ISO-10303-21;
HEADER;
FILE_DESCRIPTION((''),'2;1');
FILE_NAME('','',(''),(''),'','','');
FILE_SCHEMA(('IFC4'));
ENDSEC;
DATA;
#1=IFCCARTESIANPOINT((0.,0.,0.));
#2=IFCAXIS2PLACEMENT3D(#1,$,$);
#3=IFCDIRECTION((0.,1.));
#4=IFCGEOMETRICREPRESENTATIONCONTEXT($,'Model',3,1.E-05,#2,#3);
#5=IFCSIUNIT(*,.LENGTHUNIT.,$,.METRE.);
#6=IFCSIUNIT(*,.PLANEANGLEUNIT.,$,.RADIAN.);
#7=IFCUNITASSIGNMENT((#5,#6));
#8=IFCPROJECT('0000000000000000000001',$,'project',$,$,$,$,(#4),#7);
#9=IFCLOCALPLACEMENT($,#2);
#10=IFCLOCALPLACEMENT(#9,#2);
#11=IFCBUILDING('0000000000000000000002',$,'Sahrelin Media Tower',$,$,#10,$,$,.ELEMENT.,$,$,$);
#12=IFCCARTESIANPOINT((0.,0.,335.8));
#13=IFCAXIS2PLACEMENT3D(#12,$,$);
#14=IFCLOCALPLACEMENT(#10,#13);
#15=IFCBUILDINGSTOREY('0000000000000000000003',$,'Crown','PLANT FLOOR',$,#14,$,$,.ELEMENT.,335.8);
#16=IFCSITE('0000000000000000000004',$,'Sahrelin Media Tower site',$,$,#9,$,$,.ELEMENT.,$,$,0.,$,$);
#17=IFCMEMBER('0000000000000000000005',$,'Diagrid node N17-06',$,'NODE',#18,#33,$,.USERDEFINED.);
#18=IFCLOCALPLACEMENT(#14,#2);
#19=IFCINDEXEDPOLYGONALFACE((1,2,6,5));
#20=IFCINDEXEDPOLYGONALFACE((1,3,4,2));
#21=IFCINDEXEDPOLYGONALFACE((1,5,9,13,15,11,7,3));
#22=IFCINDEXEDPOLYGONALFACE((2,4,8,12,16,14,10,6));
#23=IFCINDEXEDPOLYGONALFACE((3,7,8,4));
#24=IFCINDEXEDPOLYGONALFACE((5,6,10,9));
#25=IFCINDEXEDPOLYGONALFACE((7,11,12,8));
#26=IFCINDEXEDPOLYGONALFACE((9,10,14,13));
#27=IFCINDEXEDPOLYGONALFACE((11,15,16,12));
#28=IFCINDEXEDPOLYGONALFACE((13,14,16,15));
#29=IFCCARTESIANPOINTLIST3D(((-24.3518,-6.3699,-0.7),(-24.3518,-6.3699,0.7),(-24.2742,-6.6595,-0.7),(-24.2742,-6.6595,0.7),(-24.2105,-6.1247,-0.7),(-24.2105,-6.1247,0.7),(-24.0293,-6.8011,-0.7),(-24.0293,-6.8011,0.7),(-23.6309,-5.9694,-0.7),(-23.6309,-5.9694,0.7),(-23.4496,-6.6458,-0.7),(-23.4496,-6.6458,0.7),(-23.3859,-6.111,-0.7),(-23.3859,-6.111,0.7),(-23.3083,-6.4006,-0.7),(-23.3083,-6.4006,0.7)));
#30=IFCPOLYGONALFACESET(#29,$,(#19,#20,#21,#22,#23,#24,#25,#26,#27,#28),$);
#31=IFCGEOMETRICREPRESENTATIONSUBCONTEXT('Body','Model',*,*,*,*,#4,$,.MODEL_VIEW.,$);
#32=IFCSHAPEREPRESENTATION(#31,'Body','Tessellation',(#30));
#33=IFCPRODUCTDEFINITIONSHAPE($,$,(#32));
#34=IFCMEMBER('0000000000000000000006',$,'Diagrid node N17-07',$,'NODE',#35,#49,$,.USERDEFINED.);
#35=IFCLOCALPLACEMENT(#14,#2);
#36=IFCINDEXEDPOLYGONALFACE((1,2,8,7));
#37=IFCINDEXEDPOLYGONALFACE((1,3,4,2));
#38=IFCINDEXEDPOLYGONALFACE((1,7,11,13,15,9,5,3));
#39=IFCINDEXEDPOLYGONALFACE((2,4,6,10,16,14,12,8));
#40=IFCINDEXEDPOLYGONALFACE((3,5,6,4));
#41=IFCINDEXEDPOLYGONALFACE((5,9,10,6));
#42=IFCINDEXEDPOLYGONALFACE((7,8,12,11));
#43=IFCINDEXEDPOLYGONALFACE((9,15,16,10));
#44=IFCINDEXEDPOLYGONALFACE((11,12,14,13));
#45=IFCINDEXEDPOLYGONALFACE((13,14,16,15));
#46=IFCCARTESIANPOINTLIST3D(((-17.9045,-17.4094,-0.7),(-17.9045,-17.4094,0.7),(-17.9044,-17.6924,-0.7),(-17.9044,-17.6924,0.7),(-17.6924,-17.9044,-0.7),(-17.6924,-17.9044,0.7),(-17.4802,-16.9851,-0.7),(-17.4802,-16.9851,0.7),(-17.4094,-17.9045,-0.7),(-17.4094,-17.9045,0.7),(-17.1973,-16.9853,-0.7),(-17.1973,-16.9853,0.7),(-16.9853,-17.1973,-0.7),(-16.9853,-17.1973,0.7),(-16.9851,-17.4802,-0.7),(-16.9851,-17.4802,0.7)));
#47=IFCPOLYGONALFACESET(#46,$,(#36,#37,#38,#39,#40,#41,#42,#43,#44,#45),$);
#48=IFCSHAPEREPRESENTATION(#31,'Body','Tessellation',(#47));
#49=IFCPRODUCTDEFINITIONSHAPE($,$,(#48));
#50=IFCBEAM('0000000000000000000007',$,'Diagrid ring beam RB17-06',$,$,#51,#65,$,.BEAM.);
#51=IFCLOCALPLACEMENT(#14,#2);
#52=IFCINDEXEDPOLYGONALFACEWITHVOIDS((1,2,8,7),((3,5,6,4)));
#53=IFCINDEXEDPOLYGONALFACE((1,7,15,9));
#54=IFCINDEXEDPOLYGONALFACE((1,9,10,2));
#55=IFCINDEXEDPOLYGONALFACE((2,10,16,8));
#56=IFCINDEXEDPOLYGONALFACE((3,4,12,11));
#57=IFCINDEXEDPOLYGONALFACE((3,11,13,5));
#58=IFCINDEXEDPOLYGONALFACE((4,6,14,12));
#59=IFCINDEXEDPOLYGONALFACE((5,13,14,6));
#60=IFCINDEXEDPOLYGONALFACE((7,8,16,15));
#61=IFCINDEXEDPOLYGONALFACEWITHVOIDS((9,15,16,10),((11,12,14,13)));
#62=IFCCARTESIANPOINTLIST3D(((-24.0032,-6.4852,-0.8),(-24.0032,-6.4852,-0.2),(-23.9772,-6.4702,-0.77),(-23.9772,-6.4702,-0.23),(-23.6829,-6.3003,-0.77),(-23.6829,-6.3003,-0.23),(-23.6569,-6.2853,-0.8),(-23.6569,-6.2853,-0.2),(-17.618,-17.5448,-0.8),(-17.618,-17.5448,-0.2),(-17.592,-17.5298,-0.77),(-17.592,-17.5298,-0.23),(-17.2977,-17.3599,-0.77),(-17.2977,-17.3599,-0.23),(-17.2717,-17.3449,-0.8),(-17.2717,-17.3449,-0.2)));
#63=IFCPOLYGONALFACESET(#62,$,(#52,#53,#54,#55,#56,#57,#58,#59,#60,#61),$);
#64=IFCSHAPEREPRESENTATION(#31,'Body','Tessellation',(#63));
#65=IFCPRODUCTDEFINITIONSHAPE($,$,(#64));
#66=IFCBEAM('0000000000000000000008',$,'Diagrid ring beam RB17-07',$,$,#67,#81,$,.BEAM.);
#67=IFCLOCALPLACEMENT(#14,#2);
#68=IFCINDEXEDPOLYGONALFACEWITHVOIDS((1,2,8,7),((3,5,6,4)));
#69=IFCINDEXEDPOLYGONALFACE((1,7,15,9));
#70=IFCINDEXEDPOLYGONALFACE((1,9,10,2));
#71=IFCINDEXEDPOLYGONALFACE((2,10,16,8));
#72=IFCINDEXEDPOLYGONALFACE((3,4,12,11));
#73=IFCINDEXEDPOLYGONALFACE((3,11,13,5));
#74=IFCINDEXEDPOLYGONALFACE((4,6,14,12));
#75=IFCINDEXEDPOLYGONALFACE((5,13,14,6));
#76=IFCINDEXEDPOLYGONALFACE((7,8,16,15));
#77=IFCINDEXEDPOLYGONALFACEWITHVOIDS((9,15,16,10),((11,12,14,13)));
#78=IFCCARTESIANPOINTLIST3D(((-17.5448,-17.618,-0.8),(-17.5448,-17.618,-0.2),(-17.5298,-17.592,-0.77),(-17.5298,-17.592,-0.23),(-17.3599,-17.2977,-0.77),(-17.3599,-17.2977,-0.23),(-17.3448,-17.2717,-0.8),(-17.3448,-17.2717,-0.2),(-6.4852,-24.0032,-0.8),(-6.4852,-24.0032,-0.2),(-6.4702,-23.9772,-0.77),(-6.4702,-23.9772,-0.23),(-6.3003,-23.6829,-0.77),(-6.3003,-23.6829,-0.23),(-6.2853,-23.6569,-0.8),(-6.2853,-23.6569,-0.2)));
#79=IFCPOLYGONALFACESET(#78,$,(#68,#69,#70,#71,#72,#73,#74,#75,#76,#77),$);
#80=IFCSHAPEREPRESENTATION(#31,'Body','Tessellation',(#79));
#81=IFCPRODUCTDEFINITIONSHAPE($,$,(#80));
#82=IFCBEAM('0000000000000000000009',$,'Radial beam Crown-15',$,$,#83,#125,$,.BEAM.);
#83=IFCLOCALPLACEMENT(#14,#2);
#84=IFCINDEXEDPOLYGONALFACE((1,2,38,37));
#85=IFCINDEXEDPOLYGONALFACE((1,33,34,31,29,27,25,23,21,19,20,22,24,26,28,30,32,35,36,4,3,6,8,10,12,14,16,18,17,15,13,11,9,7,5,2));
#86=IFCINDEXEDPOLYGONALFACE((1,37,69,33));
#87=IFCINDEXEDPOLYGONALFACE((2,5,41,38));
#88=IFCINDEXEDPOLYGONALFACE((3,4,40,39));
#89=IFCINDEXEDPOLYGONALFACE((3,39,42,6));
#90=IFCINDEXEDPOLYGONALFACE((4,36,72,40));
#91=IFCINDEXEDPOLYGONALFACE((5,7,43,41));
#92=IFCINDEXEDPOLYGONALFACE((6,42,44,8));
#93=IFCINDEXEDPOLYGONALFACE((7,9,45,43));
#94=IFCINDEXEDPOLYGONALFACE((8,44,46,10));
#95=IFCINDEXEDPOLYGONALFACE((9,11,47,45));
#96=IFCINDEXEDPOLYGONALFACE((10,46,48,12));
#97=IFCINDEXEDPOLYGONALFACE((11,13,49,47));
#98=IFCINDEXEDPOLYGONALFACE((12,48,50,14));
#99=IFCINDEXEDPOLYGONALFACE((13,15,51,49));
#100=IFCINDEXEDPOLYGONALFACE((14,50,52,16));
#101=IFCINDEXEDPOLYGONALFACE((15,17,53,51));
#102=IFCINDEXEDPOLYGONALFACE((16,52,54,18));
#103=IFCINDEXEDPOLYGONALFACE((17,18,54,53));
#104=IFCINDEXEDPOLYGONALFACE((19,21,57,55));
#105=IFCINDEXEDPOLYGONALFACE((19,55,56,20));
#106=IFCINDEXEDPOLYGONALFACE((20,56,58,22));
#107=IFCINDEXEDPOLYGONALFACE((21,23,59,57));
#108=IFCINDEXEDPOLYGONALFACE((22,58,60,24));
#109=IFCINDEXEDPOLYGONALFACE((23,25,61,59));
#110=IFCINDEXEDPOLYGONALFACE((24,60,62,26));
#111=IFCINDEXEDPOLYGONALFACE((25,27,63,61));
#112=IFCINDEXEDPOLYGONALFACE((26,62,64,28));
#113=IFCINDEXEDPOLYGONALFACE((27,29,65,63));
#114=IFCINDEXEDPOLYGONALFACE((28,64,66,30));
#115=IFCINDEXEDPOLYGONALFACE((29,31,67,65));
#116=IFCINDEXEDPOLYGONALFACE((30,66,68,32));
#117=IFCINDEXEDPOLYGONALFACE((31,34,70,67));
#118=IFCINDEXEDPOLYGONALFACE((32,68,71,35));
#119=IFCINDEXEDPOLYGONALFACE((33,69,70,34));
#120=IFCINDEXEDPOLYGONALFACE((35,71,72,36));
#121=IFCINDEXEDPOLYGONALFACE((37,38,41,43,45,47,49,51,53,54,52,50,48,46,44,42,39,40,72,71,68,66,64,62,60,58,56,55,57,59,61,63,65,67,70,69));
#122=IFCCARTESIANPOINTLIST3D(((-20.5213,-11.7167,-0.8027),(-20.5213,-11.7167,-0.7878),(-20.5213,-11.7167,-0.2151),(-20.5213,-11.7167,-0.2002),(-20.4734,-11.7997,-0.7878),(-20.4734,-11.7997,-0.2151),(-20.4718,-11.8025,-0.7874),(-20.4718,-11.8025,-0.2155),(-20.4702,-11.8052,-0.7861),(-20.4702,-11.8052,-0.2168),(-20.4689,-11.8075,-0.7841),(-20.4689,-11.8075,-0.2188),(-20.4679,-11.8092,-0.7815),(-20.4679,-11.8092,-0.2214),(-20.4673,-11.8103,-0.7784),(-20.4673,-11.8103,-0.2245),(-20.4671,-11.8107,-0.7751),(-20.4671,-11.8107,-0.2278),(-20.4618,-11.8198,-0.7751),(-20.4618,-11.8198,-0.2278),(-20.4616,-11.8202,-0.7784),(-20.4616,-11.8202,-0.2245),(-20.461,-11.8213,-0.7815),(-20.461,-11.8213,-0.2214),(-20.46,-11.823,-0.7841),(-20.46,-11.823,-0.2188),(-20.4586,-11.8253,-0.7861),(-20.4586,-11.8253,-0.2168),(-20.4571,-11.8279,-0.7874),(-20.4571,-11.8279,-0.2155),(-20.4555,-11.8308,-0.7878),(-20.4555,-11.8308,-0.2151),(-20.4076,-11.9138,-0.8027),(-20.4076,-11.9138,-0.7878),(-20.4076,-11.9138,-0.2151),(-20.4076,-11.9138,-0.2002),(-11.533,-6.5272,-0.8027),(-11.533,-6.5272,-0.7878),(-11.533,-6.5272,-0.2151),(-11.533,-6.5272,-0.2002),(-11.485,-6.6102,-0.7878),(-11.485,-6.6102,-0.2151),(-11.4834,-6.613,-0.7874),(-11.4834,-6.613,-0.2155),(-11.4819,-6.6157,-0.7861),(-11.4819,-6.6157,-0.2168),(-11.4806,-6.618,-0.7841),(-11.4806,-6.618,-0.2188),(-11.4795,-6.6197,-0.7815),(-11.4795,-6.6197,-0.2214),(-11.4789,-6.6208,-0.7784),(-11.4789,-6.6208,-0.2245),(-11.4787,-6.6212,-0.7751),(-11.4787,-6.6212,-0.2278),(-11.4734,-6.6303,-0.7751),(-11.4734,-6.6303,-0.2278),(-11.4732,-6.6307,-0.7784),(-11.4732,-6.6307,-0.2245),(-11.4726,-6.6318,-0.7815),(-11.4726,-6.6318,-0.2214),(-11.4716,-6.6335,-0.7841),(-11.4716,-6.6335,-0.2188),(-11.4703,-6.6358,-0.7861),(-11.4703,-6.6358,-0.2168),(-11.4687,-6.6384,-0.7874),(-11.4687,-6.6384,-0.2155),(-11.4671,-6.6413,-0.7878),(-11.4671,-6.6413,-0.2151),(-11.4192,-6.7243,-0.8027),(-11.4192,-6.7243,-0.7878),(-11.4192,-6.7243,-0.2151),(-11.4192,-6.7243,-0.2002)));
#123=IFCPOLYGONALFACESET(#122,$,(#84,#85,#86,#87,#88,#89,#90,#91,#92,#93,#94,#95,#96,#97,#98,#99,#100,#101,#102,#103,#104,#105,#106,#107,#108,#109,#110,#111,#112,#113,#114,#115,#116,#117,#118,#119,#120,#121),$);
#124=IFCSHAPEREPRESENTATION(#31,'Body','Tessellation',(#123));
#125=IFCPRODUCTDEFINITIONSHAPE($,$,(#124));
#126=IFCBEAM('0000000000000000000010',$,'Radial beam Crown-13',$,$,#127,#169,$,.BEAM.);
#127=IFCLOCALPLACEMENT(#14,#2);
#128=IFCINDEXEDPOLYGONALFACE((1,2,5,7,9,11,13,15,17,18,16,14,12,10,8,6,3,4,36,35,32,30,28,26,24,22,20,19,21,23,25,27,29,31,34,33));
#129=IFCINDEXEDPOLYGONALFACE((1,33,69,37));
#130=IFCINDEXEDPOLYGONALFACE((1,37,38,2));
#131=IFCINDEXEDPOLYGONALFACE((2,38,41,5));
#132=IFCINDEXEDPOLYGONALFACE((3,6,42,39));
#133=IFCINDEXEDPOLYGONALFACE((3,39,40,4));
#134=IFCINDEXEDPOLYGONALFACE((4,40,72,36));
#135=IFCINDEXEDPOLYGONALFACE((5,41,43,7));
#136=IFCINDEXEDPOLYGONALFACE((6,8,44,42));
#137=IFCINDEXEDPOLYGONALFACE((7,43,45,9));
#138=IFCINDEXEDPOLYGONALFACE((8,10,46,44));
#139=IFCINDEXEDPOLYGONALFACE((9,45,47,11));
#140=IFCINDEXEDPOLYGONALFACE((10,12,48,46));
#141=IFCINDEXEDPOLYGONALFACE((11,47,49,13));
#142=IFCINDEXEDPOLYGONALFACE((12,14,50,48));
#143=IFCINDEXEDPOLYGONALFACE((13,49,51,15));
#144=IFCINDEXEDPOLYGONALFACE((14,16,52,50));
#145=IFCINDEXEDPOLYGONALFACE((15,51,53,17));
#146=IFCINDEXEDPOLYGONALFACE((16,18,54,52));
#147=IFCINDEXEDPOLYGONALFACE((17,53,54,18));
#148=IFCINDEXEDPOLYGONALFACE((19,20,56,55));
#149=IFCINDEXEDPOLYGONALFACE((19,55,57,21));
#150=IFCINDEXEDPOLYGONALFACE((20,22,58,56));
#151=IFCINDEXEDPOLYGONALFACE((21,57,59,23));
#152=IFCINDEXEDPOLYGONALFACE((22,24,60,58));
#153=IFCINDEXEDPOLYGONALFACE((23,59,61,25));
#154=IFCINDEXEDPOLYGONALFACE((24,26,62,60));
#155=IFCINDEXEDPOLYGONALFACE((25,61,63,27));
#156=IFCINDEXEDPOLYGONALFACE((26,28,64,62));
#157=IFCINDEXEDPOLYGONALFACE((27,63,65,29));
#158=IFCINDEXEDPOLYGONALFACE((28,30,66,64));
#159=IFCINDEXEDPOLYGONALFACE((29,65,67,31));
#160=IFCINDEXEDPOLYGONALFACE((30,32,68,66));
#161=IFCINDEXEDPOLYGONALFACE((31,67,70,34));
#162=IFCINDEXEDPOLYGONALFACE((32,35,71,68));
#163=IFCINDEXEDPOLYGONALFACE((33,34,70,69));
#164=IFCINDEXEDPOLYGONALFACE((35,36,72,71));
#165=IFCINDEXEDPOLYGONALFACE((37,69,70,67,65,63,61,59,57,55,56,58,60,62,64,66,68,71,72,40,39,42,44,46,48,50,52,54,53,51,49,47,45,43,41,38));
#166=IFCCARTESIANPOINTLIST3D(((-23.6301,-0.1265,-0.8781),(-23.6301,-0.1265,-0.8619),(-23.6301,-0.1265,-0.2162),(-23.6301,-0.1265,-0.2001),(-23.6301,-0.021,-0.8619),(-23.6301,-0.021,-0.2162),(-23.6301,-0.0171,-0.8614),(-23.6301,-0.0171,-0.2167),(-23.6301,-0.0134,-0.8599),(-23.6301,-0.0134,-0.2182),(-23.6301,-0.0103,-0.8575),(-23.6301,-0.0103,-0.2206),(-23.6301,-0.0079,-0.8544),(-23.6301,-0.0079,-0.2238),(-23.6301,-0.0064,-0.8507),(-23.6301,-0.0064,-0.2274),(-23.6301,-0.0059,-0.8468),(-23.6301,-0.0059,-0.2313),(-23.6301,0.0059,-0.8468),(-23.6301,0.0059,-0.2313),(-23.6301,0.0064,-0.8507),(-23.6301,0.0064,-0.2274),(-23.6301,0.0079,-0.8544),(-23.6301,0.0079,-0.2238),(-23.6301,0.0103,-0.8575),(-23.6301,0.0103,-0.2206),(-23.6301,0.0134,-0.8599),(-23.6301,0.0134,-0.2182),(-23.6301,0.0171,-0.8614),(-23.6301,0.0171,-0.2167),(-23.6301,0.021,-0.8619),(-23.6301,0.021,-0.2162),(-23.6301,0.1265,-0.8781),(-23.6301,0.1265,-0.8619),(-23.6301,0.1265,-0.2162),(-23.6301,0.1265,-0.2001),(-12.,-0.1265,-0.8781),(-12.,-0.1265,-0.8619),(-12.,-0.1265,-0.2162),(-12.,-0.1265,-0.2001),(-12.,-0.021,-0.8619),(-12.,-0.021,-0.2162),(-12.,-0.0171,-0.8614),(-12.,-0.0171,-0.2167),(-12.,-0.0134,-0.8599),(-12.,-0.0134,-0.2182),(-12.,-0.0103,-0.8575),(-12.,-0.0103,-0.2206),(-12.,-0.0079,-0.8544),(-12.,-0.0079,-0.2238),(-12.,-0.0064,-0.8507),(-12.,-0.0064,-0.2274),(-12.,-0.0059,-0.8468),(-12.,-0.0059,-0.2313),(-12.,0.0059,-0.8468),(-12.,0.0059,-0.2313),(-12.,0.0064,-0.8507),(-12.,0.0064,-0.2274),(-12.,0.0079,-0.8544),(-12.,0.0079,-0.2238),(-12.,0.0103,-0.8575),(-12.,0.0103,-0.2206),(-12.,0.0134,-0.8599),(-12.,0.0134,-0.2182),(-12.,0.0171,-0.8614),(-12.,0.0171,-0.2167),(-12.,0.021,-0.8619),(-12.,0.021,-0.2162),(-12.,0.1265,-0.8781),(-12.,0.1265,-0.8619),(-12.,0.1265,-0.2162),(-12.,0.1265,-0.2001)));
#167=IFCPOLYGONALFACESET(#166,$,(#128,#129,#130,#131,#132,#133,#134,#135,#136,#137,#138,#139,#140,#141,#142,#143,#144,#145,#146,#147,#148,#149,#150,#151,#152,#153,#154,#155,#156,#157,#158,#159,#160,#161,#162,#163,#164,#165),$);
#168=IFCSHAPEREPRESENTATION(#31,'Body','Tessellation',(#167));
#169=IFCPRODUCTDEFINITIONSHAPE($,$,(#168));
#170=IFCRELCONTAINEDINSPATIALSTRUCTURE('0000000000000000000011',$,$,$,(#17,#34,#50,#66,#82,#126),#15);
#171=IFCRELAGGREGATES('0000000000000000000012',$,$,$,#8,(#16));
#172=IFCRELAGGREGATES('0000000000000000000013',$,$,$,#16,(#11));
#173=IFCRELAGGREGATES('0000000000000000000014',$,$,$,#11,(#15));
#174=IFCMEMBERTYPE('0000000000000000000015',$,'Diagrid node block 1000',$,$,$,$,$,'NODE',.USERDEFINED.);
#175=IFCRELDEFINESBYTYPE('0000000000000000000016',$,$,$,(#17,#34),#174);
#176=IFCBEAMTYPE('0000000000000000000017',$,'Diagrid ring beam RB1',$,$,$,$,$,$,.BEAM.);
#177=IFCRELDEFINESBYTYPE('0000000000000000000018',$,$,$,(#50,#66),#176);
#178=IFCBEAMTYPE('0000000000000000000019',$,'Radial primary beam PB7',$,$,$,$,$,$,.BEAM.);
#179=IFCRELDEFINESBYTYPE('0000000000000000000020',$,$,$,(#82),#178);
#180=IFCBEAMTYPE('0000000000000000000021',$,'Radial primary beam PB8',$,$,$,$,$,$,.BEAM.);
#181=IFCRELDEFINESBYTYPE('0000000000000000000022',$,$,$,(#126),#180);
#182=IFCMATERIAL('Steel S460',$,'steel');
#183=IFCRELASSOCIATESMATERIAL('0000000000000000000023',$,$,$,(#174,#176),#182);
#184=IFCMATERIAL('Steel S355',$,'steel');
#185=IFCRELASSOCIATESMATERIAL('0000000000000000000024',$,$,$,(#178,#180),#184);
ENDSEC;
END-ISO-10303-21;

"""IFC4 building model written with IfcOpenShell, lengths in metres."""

from ifc_helpers import new_model, si_unit, direction, frame, origin, origin_2d, place, context, subcontext, project, spatial, polyline, hollow_rectangle, i_section, outline, extrude, material, material_profile, profile_set, type_object, element, save


model = new_model("IFC4")

# Units and contexts
model_context = context("Model", 3, precision=1e-05, world=origin(), true_north=direction((0.0, 1.0)))
body_context = subcontext(model_context, "Body", "Model", "MODEL_VIEW")
ifc_project = project(units=[si_unit("LENGTHUNIT", "METRE"), si_unit("PLANEANGLEUNIT", "RADIAN")], contexts=[model_context])

# Site, building, storey
site_placement = place(None, origin())
site = spatial("IfcSite", under=ifc_project, at=site_placement, Name="Sahrelin Media Tower site", CompositionType="ELEMENT", RefElevation=0.0)
building_placement = place(site_placement, origin())
building = spatial("IfcBuilding", under=site, at=building_placement, Name="Sahrelin Media Tower", CompositionType="ELEMENT")
storey_placement = place(building_placement, frame((0.0, 0.0, 335.8)))
storey = spatial("IfcBuildingStorey", under=building, at=storey_placement, Name="Crown", Description="PLANT FLOOR", CompositionType="ELEMENT", Elevation=335.8)

# Members
ifc_material_1 = material(Name="Steel S460", Category="steel")
ifc_material_profile_1 = material_profile(ifc_material_1, outline(polyline([(0.3, -0.3501), (0.5, -0.1499), (0.5, 0.1499), (0.3, 0.3501), (-0.3, 0.3501), (-0.5, 0.1499), (-0.5, -0.1499), (-0.3, -0.3501), (0.3, -0.3501)])), Name="Diagrid node block 1000")
ifc_profile_set_1 = profile_set([ifc_material_profile_1], Name="Steel S460")
member_type = type_object("IfcMemberType", Name="Diagrid node block 1000", ElementType="NODE", PredefinedType="USERDEFINED", material=ifc_profile_set_1)
for number, where, z_axis, x_axis, name in (
    (1, (-23.8301, -6.3853, -0.7), (0.0, 0.0, 1.0), (-0.965926, -0.258819, 0.0), "Diagrid node N17-06"),
    (2, (-17.4448, -17.4448, -0.7), (0.0, 0.0, 1.0), (-0.707107, -0.707107, 0.0), "Diagrid node N17-07"),
):
    element("IfcMember", number, at=place(storey_placement, frame(where, z_axis=z_axis, x_axis=x_axis)), inside=storey, type_object=member_type, Name=name, ObjectType="NODE", PredefinedType="USERDEFINED", context=body_context, shape_type="SweptSolid", body=[
        extrude(outline(polyline([(0.3, -0.3501), (0.5, -0.1499), (0.5, 0.1499), (0.3, 0.3501), (-0.3, 0.3501), (-0.5, 0.1499), (-0.5, -0.1499), (-0.3, -0.3501), (0.3, -0.3501)])), origin(), (0.0, 0.0, 1.0), 1.3999),
    ])

# Beams
ifc_material_profile_2 = material_profile(ifc_material_1, hollow_rectangle(XDim=0.3999, YDim=0.6001, WallThickness=0.03, at=origin_2d()), Name="Diagrid ring beam RB1")
ifc_profile_set_2 = profile_set([ifc_material_profile_2], Name="Steel S460")
beam_type_1 = type_object("IfcBeamType", Name="Diagrid ring beam RB1", PredefinedType="BEAM", material=ifc_profile_set_2)
for number, where, z_axis, x_axis, name in (
    (3, (-23.8301, -6.3853, -0.5), (0.5, -0.866025, 0.0), (0.866025, 0.5, 0.0), "Diagrid ring beam RB17-06"),
    (4, (-17.4448, -17.4448, -0.5), (0.866025, -0.5, 0.0), (0.5, 0.866025, 0.0), "Diagrid ring beam RB17-07"),
):
    element("IfcBeam", number, at=place(storey_placement, frame(where, z_axis=z_axis, x_axis=x_axis)), inside=storey, type_object=beam_type_1, Name=name, PredefinedType="BEAM", context=body_context, shape_type="SweptSolid", body=[
        extrude(hollow_rectangle(XDim=0.3999, YDim=0.6001, WallThickness=0.03, at=origin_2d()), origin(), (0.0, 0.0, 1.0), 12.7705),
    ])
ifc_material_2 = material(Name="Steel S355", Category="steel")
ifc_material_profile_3 = material_profile(ifc_material_2, i_section(OverallWidth=0.2275, OverallDepth=0.6025, WebThickness=0.0105, FlangeThickness=0.0149, FilletRadius=0.0127, at=origin_2d()), Name="UB 610x229x101")
ifc_profile_set_3 = profile_set([ifc_material_profile_3], Name="Steel S355")
beam_type_2 = type_object("IfcBeamType", Name="Radial primary beam PB7", PredefinedType="BEAM", material=ifc_profile_set_3)
beam_1_placement = place(storey_placement, frame((-11.4761, -6.6257, -0.5015), z_axis=(-0.866023, -0.500005, 0.0), x_axis=(0.500005, -0.866023, 0.0)))
element("IfcBeam", 5, at=beam_1_placement, inside=storey, type_object=beam_type_2, Name="Radial beam Crown-15", PredefinedType="BEAM", context=body_context, shape_type="SweptSolid", body=[
    extrude(i_section(OverallWidth=0.2275, OverallDepth=0.6025, WebThickness=0.0105, FlangeThickness=0.0149, FilletRadius=0.0127, at=origin_2d()), origin(), (0.0, 0.0, 1.0), 10.3789),
])
ifc_material_profile_4 = material_profile(ifc_material_2, i_section(OverallWidth=0.2529, OverallDepth=0.678, WebThickness=0.0117, FlangeThickness=0.0161, FilletRadius=0.0151, at=origin_2d()), Name="UB 686x254x125")
ifc_profile_set_4 = profile_set([ifc_material_profile_4], Name="Steel S355")
beam_type_3 = type_object("IfcBeamType", Name="Radial primary beam PB8", PredefinedType="BEAM", material=ifc_profile_set_4)
beam_2_placement = place(storey_placement, frame((-12.0, 0.0, -0.5391), z_axis=(-1.0, 0.0, 0.0), x_axis=(0.0, -1.0, 0.0)))
element("IfcBeam", 6, at=beam_2_placement, inside=storey, type_object=beam_type_3, Name="Radial beam Crown-13", PredefinedType="BEAM", context=body_context, shape_type="SweptSolid", body=[
    extrude(i_section(OverallWidth=0.2529, OverallDepth=0.678, WebThickness=0.0117, FlangeThickness=0.0161, FilletRadius=0.0151, at=origin_2d()), origin(), (0.0, 0.0, 1.0), 11.6301),
])

save(model, "model.ifc")
